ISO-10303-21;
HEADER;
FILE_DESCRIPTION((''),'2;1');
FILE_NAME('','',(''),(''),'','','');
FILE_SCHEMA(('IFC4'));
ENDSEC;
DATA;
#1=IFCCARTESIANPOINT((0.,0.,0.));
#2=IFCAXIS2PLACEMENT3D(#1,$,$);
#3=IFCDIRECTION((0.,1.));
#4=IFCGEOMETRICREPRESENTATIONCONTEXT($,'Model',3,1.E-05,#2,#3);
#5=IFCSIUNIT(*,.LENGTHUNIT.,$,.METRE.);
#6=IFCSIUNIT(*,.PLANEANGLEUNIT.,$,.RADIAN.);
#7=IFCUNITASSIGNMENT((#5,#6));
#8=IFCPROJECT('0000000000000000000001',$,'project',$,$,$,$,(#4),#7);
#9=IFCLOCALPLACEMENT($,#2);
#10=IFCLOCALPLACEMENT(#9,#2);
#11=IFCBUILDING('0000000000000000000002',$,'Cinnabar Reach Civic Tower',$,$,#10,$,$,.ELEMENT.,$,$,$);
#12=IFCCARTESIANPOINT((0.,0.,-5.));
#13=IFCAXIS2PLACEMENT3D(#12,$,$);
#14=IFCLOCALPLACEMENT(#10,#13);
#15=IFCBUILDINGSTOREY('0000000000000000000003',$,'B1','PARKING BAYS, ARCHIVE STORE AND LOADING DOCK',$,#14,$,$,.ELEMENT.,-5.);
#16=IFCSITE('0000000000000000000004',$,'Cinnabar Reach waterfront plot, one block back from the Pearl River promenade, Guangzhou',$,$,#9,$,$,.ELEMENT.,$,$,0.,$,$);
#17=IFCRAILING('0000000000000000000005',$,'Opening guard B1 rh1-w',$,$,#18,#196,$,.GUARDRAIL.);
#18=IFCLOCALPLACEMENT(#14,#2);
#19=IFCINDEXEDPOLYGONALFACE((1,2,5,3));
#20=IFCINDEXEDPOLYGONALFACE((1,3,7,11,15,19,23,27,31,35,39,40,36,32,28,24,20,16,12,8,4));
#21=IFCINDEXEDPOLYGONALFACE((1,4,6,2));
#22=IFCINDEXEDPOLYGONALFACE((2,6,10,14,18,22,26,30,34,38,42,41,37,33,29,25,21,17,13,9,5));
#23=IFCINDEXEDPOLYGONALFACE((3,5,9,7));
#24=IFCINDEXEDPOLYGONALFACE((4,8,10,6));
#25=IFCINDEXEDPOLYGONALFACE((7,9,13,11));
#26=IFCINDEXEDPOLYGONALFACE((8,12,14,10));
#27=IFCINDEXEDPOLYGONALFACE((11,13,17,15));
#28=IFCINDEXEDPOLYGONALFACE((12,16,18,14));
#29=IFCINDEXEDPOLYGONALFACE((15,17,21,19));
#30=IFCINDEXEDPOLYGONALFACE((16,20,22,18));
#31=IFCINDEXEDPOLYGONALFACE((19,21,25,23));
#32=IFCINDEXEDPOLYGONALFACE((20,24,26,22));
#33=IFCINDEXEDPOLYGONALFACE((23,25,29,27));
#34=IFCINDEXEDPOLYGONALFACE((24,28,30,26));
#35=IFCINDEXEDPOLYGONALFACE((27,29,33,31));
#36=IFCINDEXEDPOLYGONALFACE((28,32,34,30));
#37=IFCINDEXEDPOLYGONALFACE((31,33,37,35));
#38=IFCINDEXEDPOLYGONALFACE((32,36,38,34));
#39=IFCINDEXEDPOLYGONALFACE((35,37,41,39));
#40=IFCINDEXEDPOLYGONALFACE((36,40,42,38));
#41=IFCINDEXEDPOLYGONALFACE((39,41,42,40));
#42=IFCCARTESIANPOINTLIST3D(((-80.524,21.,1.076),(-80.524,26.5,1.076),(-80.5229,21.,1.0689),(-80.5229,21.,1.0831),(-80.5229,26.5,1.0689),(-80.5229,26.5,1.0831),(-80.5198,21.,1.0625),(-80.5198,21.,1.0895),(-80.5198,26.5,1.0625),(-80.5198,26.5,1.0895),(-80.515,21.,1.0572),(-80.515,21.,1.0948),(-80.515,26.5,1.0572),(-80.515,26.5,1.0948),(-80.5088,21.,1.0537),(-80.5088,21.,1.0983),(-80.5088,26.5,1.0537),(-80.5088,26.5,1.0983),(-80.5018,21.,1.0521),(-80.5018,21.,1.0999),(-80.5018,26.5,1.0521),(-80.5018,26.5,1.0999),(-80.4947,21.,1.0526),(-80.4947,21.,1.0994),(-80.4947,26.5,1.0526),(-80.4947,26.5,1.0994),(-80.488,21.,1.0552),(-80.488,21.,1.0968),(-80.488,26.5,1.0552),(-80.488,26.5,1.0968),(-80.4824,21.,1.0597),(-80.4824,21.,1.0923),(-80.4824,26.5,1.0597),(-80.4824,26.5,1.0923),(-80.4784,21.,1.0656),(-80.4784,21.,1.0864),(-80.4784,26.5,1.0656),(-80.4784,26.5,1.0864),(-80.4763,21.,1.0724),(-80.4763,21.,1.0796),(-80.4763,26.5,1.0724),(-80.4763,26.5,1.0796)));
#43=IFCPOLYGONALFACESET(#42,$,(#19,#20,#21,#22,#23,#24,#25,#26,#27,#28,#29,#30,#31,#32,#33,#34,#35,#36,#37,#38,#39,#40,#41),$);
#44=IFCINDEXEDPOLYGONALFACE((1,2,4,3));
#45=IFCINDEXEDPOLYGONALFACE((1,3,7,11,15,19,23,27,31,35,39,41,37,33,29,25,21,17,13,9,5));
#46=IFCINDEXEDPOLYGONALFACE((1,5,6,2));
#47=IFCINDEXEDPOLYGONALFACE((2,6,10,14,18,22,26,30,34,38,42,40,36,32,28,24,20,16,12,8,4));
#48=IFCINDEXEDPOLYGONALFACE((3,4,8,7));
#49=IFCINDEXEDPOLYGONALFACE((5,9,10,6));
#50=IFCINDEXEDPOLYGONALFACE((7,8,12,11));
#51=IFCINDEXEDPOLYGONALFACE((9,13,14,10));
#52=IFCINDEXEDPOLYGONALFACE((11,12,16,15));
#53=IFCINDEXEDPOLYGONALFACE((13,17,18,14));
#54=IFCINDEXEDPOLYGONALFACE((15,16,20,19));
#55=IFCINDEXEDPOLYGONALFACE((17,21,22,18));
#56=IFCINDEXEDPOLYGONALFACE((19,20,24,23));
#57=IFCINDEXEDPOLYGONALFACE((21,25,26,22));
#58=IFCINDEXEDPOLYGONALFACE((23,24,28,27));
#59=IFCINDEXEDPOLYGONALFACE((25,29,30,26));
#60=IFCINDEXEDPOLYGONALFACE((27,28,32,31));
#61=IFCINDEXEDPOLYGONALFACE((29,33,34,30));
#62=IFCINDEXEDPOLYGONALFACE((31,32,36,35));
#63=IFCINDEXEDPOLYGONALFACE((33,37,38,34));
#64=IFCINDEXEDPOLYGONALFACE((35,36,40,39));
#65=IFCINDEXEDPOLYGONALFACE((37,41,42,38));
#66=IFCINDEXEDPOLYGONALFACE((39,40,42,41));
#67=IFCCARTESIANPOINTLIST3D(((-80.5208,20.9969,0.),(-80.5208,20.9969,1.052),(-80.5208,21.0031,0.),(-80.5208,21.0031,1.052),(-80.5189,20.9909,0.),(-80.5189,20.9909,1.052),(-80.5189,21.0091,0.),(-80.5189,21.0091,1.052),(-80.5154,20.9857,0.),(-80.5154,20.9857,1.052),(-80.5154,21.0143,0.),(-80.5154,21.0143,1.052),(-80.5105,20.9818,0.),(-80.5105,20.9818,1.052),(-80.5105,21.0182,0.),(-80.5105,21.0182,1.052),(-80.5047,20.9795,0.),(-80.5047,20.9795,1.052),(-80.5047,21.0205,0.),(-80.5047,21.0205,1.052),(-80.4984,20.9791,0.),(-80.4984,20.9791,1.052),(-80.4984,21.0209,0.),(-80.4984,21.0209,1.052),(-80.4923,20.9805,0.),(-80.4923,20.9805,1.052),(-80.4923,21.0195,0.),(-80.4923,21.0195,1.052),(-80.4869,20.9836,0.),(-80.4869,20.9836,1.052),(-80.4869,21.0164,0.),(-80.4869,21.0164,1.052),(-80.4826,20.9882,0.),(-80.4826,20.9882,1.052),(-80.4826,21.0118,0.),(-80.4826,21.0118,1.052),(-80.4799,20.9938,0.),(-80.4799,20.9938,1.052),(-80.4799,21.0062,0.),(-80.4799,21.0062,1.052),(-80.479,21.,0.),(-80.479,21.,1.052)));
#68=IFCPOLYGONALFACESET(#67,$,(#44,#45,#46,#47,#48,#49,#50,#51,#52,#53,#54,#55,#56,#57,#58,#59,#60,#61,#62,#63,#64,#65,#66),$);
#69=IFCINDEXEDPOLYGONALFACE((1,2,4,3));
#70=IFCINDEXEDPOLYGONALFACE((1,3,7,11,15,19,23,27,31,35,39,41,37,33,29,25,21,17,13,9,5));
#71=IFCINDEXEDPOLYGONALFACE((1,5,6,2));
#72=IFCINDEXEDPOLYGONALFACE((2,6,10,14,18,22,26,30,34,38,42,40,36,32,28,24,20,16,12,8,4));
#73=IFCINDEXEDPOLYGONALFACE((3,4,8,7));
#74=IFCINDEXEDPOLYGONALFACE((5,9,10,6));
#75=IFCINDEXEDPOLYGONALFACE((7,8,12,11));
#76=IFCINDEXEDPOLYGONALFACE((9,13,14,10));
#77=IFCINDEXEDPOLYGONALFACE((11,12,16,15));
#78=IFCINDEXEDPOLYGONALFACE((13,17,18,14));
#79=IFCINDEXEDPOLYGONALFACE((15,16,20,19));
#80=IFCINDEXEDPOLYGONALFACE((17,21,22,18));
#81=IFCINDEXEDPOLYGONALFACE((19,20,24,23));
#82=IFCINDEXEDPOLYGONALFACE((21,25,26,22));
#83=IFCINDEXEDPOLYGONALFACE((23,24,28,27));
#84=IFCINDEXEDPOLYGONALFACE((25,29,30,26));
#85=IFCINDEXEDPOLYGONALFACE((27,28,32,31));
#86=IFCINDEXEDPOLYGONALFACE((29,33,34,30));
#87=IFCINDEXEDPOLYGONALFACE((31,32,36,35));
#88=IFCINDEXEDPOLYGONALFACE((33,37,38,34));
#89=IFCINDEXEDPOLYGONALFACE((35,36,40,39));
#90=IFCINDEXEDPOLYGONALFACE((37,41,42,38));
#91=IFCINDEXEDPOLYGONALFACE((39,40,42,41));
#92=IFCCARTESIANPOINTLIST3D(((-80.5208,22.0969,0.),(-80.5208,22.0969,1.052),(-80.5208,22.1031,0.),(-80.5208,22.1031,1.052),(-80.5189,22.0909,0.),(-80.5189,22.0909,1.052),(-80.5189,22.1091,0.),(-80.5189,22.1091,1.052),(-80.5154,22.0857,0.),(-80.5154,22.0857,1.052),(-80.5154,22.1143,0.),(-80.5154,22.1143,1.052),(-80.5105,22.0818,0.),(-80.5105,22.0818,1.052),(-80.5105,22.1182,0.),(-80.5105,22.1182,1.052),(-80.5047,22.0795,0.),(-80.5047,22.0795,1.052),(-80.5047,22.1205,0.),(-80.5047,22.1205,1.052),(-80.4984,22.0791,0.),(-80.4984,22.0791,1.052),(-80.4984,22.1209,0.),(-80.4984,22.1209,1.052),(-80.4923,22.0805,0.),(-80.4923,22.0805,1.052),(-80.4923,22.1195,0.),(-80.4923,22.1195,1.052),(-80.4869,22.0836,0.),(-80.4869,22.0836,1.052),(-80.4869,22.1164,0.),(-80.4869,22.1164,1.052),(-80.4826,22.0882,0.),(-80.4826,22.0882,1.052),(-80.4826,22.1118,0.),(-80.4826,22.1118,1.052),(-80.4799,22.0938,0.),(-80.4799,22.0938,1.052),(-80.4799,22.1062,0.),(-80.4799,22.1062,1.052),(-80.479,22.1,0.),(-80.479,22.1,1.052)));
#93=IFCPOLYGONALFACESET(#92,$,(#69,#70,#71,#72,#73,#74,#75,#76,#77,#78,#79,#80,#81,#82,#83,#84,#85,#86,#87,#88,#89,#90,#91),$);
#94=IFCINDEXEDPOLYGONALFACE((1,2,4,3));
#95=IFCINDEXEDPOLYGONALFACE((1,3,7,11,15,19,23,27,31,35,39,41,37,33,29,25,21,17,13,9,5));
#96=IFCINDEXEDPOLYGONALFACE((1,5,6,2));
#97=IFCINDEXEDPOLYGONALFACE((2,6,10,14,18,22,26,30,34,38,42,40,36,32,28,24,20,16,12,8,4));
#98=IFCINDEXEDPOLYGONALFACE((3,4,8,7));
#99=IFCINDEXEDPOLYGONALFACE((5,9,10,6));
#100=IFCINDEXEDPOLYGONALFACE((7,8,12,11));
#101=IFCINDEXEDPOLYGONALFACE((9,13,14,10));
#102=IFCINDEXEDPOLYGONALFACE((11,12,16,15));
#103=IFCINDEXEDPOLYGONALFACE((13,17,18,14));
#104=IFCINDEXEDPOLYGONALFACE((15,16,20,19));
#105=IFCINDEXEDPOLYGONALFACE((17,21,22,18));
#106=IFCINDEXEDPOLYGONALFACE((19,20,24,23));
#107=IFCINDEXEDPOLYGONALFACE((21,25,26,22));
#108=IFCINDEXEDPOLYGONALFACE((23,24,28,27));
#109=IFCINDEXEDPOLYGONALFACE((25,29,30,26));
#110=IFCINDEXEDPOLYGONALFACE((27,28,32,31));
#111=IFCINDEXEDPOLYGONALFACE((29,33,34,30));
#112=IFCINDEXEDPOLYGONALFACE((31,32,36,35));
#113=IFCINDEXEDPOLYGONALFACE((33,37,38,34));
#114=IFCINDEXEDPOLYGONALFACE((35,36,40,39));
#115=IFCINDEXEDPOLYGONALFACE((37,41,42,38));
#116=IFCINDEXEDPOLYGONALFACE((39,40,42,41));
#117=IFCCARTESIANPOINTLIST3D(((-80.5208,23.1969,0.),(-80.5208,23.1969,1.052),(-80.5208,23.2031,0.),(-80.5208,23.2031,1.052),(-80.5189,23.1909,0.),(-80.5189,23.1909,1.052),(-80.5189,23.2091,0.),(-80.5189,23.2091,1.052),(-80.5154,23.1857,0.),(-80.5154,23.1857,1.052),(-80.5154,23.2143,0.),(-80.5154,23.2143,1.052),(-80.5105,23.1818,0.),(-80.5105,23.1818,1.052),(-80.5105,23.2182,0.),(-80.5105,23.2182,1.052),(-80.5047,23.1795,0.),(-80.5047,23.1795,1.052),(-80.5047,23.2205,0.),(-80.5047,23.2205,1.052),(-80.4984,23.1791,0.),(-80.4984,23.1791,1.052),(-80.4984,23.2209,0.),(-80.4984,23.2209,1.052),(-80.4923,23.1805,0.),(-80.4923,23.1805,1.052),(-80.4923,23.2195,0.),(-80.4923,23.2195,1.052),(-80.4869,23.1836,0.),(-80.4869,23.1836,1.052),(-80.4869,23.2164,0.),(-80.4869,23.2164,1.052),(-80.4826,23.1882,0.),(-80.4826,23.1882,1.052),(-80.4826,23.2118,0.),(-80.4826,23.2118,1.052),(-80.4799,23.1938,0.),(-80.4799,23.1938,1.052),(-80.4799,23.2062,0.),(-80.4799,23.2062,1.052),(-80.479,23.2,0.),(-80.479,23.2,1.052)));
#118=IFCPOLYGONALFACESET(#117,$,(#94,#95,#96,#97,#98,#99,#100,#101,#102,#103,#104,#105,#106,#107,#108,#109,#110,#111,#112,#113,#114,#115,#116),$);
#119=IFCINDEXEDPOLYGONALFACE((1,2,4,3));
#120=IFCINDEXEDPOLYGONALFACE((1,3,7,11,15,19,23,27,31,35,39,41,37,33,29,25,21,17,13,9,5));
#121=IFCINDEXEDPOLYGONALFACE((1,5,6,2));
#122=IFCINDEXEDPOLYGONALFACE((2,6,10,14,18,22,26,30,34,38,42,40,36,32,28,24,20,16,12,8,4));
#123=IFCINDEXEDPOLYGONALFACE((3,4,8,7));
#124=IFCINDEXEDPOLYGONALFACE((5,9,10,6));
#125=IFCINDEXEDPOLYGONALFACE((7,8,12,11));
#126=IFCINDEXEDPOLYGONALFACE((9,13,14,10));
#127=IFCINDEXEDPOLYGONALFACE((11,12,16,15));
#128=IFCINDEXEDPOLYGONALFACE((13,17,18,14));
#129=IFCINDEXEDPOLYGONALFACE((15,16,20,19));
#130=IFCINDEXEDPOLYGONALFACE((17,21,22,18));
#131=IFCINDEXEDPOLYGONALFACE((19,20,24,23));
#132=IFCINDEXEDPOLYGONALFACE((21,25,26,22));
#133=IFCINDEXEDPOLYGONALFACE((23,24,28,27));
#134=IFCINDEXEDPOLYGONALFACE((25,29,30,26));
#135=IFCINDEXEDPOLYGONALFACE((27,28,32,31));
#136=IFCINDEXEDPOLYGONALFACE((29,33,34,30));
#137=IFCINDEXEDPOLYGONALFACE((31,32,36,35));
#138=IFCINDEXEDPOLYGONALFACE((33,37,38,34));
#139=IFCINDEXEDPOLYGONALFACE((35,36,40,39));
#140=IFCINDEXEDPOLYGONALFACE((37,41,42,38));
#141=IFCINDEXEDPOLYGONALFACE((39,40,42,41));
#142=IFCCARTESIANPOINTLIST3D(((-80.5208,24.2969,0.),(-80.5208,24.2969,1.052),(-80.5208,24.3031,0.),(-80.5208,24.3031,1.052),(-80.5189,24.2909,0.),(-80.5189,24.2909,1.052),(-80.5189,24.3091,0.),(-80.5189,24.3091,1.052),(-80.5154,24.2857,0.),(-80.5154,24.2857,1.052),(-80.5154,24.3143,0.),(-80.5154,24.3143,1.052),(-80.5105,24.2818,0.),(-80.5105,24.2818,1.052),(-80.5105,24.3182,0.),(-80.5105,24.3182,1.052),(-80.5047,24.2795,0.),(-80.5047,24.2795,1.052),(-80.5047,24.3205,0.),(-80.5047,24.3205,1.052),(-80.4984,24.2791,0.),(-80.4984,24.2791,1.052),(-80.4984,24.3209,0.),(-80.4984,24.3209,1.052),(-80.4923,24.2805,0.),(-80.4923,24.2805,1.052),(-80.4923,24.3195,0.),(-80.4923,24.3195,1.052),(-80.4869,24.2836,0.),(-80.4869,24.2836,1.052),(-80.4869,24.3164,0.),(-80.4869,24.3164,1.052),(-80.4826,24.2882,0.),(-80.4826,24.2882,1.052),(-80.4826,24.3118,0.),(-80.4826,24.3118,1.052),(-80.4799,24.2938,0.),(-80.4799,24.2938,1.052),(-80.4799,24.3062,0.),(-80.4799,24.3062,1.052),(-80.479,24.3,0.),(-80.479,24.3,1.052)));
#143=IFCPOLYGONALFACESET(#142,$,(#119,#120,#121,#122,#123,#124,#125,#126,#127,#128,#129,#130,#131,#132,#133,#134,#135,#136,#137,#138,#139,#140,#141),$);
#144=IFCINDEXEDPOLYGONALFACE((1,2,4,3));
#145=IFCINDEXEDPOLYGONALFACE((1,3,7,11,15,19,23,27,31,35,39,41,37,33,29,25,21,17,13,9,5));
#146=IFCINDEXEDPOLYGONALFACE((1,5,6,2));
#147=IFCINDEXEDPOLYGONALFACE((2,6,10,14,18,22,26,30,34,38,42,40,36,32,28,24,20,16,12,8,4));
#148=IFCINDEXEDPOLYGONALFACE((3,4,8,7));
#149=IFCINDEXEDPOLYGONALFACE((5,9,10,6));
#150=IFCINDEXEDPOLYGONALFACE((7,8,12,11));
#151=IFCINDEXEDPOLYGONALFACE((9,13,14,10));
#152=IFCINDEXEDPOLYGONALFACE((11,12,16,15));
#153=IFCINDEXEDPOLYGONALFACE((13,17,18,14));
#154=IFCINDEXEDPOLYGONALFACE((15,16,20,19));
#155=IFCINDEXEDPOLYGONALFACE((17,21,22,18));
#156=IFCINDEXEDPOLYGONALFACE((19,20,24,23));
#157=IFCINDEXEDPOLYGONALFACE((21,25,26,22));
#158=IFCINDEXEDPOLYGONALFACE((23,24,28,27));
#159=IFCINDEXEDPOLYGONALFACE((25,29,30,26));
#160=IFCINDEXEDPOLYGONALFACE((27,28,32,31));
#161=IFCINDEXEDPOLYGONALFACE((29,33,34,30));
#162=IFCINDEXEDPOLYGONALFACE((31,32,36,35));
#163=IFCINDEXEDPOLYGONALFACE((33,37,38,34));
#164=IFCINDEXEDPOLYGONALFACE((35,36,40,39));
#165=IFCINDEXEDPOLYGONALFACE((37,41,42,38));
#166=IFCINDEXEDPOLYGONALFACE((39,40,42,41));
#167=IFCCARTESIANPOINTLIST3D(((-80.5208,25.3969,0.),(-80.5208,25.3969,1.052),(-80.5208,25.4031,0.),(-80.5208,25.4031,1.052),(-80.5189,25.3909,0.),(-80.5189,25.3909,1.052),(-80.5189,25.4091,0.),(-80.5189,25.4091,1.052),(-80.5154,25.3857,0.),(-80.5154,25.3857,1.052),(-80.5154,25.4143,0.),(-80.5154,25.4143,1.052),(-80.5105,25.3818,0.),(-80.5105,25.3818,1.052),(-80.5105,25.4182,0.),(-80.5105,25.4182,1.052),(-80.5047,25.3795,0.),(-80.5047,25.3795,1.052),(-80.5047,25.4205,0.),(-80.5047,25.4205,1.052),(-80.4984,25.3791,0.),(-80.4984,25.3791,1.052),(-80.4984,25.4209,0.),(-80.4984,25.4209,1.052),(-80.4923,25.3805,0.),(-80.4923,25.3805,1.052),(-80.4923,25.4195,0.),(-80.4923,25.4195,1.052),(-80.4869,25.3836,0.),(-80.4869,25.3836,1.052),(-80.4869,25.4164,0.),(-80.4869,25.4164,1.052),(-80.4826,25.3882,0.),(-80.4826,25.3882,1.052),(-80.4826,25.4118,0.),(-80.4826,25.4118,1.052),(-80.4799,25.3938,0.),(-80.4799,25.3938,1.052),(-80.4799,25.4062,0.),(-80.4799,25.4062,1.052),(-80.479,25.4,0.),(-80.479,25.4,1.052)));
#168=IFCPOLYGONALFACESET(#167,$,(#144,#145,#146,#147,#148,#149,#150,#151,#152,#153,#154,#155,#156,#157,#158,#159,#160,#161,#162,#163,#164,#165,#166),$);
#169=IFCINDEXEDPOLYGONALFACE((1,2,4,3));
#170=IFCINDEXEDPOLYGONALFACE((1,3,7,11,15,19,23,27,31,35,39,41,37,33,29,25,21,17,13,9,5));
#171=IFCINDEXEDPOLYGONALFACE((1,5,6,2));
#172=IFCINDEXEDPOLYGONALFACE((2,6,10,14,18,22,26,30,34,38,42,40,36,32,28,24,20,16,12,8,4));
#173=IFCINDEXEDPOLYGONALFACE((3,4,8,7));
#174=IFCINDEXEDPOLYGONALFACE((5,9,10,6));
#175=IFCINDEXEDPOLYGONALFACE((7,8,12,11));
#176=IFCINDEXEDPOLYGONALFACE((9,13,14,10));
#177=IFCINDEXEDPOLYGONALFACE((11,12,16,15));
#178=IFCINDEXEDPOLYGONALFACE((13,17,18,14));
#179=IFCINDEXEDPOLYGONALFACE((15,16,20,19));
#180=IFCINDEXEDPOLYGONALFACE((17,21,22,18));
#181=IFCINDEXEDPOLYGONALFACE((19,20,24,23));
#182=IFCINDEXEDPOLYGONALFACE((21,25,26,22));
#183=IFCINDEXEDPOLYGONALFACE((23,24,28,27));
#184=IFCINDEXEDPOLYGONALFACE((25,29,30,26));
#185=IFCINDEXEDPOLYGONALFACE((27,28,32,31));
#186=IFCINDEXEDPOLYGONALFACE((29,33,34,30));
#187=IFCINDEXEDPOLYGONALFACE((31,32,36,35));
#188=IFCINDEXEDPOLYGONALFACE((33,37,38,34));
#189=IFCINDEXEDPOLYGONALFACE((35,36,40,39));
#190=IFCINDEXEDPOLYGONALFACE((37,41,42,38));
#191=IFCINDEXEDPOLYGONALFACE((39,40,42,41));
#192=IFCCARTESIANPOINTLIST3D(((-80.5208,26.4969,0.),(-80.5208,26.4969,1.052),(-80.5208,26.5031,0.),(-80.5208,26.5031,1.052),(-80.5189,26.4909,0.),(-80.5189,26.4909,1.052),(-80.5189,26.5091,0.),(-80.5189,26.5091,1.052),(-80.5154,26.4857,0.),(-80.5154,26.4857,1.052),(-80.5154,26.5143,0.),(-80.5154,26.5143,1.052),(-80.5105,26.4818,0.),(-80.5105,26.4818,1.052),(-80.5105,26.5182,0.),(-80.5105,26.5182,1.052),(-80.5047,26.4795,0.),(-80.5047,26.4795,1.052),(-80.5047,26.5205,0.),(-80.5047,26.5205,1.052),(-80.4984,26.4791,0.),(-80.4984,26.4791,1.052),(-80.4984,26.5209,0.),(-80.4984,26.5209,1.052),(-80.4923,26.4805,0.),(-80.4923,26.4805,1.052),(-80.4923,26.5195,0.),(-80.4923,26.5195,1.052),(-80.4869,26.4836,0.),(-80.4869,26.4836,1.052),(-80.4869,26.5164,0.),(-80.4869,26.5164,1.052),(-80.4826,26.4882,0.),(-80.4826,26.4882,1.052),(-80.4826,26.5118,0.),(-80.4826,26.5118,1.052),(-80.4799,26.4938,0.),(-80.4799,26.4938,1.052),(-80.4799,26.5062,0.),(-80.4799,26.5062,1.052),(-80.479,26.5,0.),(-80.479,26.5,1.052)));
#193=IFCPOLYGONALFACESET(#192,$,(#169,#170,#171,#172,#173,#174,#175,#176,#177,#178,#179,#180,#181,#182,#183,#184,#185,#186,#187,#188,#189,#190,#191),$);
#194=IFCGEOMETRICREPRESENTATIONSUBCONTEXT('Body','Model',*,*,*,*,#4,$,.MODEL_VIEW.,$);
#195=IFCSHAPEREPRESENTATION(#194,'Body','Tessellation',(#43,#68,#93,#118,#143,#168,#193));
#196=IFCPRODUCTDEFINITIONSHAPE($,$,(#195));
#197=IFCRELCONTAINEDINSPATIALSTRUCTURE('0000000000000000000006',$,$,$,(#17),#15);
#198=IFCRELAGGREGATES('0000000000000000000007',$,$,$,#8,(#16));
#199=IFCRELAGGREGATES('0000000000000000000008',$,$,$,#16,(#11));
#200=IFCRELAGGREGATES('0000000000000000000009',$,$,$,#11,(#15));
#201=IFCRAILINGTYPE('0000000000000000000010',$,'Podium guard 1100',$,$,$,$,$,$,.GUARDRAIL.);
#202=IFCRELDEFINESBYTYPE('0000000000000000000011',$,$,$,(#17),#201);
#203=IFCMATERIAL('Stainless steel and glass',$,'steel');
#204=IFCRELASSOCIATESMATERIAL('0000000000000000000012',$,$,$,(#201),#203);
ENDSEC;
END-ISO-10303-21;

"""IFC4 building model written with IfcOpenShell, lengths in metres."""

from ifc_helpers import new_model, si_unit, direction, frame, origin, origin_2d, place, context, subcontext, project, spatial, circle, extrude, material, type_object, element, save


model = new_model("IFC4")

# Units and contexts
model_context = context("Model", 3, precision=1e-05, world=origin(), true_north=direction((0.0, 1.0)))
body_context = subcontext(model_context, "Body", "Model", "MODEL_VIEW")
ifc_project = project(units=[si_unit("LENGTHUNIT", "METRE"), si_unit("PLANEANGLEUNIT", "RADIAN")], contexts=[model_context])

# Site, building, storey
site_placement = place(None, origin())
site = spatial("IfcSite", under=ifc_project, at=site_placement, Name="Cinnabar Reach waterfront plot, one block back from the Pearl River promenade, Guangzhou", CompositionType="ELEMENT", RefElevation=0.0)
building_placement = place(site_placement, origin())
building = spatial("IfcBuilding", under=site, at=building_placement, Name="Cinnabar Reach Civic Tower", CompositionType="ELEMENT")
storey_placement = place(building_placement, frame((0.0, 0.0, -5.0)))
storey = spatial("IfcBuildingStorey", under=building, at=storey_placement, Name="B1", Description="PARKING BAYS, ARCHIVE STORE AND LOADING DOCK", CompositionType="ELEMENT", Elevation=-5.0)

# Railing
ifc_material_1 = material(Name="Stainless steel and glass", Category="steel")
railing_type = type_object("IfcRailingType", Name="Podium guard 1100", PredefinedType="GUARDRAIL", material=ifc_material_1)
railing_1_placement = place(storey_placement, frame((-80.5, 21.0, 0.0)))
element("IfcRailing", 1, at=railing_1_placement, inside=storey, type_object=railing_type, Name="Opening guard B1 rh1-w", PredefinedType="GUARDRAIL", context=body_context, shape_type="SweptSolid", body=[
    extrude(circle(Radius=0.024, at=origin_2d()), frame((0.0, 0.0, 1.076), z_axis=(0.0, 1.0, 0.0), x_axis=(-1.0, 0.0, 0.0)), (0.0, 0.0, 1.0), 5.5),
    extrude(circle(Radius=0.021, at=origin_2d()), origin(), (0.0, 0.0, 1.0), 1.052),
    extrude(circle(Radius=0.021, at=origin_2d()), frame((0.0, 1.1, 0.0)), (0.0, 0.0, 1.0), 1.052),
    extrude(circle(Radius=0.021, at=origin_2d()), frame((0.0, 2.2, 0.0)), (0.0, 0.0, 1.0), 1.052),
    extrude(circle(Radius=0.021, at=origin_2d()), frame((0.0, 3.3, 0.0)), (0.0, 0.0, 1.0), 1.052),
    extrude(circle(Radius=0.021, at=origin_2d()), frame((0.0, 4.4, 0.0)), (0.0, 0.0, 1.0), 1.052),
    extrude(circle(Radius=0.021, at=origin_2d()), frame((0.0, 5.5, 0.0)), (0.0, 0.0, 1.0), 1.052),
])

save(model, "model.ifc")
